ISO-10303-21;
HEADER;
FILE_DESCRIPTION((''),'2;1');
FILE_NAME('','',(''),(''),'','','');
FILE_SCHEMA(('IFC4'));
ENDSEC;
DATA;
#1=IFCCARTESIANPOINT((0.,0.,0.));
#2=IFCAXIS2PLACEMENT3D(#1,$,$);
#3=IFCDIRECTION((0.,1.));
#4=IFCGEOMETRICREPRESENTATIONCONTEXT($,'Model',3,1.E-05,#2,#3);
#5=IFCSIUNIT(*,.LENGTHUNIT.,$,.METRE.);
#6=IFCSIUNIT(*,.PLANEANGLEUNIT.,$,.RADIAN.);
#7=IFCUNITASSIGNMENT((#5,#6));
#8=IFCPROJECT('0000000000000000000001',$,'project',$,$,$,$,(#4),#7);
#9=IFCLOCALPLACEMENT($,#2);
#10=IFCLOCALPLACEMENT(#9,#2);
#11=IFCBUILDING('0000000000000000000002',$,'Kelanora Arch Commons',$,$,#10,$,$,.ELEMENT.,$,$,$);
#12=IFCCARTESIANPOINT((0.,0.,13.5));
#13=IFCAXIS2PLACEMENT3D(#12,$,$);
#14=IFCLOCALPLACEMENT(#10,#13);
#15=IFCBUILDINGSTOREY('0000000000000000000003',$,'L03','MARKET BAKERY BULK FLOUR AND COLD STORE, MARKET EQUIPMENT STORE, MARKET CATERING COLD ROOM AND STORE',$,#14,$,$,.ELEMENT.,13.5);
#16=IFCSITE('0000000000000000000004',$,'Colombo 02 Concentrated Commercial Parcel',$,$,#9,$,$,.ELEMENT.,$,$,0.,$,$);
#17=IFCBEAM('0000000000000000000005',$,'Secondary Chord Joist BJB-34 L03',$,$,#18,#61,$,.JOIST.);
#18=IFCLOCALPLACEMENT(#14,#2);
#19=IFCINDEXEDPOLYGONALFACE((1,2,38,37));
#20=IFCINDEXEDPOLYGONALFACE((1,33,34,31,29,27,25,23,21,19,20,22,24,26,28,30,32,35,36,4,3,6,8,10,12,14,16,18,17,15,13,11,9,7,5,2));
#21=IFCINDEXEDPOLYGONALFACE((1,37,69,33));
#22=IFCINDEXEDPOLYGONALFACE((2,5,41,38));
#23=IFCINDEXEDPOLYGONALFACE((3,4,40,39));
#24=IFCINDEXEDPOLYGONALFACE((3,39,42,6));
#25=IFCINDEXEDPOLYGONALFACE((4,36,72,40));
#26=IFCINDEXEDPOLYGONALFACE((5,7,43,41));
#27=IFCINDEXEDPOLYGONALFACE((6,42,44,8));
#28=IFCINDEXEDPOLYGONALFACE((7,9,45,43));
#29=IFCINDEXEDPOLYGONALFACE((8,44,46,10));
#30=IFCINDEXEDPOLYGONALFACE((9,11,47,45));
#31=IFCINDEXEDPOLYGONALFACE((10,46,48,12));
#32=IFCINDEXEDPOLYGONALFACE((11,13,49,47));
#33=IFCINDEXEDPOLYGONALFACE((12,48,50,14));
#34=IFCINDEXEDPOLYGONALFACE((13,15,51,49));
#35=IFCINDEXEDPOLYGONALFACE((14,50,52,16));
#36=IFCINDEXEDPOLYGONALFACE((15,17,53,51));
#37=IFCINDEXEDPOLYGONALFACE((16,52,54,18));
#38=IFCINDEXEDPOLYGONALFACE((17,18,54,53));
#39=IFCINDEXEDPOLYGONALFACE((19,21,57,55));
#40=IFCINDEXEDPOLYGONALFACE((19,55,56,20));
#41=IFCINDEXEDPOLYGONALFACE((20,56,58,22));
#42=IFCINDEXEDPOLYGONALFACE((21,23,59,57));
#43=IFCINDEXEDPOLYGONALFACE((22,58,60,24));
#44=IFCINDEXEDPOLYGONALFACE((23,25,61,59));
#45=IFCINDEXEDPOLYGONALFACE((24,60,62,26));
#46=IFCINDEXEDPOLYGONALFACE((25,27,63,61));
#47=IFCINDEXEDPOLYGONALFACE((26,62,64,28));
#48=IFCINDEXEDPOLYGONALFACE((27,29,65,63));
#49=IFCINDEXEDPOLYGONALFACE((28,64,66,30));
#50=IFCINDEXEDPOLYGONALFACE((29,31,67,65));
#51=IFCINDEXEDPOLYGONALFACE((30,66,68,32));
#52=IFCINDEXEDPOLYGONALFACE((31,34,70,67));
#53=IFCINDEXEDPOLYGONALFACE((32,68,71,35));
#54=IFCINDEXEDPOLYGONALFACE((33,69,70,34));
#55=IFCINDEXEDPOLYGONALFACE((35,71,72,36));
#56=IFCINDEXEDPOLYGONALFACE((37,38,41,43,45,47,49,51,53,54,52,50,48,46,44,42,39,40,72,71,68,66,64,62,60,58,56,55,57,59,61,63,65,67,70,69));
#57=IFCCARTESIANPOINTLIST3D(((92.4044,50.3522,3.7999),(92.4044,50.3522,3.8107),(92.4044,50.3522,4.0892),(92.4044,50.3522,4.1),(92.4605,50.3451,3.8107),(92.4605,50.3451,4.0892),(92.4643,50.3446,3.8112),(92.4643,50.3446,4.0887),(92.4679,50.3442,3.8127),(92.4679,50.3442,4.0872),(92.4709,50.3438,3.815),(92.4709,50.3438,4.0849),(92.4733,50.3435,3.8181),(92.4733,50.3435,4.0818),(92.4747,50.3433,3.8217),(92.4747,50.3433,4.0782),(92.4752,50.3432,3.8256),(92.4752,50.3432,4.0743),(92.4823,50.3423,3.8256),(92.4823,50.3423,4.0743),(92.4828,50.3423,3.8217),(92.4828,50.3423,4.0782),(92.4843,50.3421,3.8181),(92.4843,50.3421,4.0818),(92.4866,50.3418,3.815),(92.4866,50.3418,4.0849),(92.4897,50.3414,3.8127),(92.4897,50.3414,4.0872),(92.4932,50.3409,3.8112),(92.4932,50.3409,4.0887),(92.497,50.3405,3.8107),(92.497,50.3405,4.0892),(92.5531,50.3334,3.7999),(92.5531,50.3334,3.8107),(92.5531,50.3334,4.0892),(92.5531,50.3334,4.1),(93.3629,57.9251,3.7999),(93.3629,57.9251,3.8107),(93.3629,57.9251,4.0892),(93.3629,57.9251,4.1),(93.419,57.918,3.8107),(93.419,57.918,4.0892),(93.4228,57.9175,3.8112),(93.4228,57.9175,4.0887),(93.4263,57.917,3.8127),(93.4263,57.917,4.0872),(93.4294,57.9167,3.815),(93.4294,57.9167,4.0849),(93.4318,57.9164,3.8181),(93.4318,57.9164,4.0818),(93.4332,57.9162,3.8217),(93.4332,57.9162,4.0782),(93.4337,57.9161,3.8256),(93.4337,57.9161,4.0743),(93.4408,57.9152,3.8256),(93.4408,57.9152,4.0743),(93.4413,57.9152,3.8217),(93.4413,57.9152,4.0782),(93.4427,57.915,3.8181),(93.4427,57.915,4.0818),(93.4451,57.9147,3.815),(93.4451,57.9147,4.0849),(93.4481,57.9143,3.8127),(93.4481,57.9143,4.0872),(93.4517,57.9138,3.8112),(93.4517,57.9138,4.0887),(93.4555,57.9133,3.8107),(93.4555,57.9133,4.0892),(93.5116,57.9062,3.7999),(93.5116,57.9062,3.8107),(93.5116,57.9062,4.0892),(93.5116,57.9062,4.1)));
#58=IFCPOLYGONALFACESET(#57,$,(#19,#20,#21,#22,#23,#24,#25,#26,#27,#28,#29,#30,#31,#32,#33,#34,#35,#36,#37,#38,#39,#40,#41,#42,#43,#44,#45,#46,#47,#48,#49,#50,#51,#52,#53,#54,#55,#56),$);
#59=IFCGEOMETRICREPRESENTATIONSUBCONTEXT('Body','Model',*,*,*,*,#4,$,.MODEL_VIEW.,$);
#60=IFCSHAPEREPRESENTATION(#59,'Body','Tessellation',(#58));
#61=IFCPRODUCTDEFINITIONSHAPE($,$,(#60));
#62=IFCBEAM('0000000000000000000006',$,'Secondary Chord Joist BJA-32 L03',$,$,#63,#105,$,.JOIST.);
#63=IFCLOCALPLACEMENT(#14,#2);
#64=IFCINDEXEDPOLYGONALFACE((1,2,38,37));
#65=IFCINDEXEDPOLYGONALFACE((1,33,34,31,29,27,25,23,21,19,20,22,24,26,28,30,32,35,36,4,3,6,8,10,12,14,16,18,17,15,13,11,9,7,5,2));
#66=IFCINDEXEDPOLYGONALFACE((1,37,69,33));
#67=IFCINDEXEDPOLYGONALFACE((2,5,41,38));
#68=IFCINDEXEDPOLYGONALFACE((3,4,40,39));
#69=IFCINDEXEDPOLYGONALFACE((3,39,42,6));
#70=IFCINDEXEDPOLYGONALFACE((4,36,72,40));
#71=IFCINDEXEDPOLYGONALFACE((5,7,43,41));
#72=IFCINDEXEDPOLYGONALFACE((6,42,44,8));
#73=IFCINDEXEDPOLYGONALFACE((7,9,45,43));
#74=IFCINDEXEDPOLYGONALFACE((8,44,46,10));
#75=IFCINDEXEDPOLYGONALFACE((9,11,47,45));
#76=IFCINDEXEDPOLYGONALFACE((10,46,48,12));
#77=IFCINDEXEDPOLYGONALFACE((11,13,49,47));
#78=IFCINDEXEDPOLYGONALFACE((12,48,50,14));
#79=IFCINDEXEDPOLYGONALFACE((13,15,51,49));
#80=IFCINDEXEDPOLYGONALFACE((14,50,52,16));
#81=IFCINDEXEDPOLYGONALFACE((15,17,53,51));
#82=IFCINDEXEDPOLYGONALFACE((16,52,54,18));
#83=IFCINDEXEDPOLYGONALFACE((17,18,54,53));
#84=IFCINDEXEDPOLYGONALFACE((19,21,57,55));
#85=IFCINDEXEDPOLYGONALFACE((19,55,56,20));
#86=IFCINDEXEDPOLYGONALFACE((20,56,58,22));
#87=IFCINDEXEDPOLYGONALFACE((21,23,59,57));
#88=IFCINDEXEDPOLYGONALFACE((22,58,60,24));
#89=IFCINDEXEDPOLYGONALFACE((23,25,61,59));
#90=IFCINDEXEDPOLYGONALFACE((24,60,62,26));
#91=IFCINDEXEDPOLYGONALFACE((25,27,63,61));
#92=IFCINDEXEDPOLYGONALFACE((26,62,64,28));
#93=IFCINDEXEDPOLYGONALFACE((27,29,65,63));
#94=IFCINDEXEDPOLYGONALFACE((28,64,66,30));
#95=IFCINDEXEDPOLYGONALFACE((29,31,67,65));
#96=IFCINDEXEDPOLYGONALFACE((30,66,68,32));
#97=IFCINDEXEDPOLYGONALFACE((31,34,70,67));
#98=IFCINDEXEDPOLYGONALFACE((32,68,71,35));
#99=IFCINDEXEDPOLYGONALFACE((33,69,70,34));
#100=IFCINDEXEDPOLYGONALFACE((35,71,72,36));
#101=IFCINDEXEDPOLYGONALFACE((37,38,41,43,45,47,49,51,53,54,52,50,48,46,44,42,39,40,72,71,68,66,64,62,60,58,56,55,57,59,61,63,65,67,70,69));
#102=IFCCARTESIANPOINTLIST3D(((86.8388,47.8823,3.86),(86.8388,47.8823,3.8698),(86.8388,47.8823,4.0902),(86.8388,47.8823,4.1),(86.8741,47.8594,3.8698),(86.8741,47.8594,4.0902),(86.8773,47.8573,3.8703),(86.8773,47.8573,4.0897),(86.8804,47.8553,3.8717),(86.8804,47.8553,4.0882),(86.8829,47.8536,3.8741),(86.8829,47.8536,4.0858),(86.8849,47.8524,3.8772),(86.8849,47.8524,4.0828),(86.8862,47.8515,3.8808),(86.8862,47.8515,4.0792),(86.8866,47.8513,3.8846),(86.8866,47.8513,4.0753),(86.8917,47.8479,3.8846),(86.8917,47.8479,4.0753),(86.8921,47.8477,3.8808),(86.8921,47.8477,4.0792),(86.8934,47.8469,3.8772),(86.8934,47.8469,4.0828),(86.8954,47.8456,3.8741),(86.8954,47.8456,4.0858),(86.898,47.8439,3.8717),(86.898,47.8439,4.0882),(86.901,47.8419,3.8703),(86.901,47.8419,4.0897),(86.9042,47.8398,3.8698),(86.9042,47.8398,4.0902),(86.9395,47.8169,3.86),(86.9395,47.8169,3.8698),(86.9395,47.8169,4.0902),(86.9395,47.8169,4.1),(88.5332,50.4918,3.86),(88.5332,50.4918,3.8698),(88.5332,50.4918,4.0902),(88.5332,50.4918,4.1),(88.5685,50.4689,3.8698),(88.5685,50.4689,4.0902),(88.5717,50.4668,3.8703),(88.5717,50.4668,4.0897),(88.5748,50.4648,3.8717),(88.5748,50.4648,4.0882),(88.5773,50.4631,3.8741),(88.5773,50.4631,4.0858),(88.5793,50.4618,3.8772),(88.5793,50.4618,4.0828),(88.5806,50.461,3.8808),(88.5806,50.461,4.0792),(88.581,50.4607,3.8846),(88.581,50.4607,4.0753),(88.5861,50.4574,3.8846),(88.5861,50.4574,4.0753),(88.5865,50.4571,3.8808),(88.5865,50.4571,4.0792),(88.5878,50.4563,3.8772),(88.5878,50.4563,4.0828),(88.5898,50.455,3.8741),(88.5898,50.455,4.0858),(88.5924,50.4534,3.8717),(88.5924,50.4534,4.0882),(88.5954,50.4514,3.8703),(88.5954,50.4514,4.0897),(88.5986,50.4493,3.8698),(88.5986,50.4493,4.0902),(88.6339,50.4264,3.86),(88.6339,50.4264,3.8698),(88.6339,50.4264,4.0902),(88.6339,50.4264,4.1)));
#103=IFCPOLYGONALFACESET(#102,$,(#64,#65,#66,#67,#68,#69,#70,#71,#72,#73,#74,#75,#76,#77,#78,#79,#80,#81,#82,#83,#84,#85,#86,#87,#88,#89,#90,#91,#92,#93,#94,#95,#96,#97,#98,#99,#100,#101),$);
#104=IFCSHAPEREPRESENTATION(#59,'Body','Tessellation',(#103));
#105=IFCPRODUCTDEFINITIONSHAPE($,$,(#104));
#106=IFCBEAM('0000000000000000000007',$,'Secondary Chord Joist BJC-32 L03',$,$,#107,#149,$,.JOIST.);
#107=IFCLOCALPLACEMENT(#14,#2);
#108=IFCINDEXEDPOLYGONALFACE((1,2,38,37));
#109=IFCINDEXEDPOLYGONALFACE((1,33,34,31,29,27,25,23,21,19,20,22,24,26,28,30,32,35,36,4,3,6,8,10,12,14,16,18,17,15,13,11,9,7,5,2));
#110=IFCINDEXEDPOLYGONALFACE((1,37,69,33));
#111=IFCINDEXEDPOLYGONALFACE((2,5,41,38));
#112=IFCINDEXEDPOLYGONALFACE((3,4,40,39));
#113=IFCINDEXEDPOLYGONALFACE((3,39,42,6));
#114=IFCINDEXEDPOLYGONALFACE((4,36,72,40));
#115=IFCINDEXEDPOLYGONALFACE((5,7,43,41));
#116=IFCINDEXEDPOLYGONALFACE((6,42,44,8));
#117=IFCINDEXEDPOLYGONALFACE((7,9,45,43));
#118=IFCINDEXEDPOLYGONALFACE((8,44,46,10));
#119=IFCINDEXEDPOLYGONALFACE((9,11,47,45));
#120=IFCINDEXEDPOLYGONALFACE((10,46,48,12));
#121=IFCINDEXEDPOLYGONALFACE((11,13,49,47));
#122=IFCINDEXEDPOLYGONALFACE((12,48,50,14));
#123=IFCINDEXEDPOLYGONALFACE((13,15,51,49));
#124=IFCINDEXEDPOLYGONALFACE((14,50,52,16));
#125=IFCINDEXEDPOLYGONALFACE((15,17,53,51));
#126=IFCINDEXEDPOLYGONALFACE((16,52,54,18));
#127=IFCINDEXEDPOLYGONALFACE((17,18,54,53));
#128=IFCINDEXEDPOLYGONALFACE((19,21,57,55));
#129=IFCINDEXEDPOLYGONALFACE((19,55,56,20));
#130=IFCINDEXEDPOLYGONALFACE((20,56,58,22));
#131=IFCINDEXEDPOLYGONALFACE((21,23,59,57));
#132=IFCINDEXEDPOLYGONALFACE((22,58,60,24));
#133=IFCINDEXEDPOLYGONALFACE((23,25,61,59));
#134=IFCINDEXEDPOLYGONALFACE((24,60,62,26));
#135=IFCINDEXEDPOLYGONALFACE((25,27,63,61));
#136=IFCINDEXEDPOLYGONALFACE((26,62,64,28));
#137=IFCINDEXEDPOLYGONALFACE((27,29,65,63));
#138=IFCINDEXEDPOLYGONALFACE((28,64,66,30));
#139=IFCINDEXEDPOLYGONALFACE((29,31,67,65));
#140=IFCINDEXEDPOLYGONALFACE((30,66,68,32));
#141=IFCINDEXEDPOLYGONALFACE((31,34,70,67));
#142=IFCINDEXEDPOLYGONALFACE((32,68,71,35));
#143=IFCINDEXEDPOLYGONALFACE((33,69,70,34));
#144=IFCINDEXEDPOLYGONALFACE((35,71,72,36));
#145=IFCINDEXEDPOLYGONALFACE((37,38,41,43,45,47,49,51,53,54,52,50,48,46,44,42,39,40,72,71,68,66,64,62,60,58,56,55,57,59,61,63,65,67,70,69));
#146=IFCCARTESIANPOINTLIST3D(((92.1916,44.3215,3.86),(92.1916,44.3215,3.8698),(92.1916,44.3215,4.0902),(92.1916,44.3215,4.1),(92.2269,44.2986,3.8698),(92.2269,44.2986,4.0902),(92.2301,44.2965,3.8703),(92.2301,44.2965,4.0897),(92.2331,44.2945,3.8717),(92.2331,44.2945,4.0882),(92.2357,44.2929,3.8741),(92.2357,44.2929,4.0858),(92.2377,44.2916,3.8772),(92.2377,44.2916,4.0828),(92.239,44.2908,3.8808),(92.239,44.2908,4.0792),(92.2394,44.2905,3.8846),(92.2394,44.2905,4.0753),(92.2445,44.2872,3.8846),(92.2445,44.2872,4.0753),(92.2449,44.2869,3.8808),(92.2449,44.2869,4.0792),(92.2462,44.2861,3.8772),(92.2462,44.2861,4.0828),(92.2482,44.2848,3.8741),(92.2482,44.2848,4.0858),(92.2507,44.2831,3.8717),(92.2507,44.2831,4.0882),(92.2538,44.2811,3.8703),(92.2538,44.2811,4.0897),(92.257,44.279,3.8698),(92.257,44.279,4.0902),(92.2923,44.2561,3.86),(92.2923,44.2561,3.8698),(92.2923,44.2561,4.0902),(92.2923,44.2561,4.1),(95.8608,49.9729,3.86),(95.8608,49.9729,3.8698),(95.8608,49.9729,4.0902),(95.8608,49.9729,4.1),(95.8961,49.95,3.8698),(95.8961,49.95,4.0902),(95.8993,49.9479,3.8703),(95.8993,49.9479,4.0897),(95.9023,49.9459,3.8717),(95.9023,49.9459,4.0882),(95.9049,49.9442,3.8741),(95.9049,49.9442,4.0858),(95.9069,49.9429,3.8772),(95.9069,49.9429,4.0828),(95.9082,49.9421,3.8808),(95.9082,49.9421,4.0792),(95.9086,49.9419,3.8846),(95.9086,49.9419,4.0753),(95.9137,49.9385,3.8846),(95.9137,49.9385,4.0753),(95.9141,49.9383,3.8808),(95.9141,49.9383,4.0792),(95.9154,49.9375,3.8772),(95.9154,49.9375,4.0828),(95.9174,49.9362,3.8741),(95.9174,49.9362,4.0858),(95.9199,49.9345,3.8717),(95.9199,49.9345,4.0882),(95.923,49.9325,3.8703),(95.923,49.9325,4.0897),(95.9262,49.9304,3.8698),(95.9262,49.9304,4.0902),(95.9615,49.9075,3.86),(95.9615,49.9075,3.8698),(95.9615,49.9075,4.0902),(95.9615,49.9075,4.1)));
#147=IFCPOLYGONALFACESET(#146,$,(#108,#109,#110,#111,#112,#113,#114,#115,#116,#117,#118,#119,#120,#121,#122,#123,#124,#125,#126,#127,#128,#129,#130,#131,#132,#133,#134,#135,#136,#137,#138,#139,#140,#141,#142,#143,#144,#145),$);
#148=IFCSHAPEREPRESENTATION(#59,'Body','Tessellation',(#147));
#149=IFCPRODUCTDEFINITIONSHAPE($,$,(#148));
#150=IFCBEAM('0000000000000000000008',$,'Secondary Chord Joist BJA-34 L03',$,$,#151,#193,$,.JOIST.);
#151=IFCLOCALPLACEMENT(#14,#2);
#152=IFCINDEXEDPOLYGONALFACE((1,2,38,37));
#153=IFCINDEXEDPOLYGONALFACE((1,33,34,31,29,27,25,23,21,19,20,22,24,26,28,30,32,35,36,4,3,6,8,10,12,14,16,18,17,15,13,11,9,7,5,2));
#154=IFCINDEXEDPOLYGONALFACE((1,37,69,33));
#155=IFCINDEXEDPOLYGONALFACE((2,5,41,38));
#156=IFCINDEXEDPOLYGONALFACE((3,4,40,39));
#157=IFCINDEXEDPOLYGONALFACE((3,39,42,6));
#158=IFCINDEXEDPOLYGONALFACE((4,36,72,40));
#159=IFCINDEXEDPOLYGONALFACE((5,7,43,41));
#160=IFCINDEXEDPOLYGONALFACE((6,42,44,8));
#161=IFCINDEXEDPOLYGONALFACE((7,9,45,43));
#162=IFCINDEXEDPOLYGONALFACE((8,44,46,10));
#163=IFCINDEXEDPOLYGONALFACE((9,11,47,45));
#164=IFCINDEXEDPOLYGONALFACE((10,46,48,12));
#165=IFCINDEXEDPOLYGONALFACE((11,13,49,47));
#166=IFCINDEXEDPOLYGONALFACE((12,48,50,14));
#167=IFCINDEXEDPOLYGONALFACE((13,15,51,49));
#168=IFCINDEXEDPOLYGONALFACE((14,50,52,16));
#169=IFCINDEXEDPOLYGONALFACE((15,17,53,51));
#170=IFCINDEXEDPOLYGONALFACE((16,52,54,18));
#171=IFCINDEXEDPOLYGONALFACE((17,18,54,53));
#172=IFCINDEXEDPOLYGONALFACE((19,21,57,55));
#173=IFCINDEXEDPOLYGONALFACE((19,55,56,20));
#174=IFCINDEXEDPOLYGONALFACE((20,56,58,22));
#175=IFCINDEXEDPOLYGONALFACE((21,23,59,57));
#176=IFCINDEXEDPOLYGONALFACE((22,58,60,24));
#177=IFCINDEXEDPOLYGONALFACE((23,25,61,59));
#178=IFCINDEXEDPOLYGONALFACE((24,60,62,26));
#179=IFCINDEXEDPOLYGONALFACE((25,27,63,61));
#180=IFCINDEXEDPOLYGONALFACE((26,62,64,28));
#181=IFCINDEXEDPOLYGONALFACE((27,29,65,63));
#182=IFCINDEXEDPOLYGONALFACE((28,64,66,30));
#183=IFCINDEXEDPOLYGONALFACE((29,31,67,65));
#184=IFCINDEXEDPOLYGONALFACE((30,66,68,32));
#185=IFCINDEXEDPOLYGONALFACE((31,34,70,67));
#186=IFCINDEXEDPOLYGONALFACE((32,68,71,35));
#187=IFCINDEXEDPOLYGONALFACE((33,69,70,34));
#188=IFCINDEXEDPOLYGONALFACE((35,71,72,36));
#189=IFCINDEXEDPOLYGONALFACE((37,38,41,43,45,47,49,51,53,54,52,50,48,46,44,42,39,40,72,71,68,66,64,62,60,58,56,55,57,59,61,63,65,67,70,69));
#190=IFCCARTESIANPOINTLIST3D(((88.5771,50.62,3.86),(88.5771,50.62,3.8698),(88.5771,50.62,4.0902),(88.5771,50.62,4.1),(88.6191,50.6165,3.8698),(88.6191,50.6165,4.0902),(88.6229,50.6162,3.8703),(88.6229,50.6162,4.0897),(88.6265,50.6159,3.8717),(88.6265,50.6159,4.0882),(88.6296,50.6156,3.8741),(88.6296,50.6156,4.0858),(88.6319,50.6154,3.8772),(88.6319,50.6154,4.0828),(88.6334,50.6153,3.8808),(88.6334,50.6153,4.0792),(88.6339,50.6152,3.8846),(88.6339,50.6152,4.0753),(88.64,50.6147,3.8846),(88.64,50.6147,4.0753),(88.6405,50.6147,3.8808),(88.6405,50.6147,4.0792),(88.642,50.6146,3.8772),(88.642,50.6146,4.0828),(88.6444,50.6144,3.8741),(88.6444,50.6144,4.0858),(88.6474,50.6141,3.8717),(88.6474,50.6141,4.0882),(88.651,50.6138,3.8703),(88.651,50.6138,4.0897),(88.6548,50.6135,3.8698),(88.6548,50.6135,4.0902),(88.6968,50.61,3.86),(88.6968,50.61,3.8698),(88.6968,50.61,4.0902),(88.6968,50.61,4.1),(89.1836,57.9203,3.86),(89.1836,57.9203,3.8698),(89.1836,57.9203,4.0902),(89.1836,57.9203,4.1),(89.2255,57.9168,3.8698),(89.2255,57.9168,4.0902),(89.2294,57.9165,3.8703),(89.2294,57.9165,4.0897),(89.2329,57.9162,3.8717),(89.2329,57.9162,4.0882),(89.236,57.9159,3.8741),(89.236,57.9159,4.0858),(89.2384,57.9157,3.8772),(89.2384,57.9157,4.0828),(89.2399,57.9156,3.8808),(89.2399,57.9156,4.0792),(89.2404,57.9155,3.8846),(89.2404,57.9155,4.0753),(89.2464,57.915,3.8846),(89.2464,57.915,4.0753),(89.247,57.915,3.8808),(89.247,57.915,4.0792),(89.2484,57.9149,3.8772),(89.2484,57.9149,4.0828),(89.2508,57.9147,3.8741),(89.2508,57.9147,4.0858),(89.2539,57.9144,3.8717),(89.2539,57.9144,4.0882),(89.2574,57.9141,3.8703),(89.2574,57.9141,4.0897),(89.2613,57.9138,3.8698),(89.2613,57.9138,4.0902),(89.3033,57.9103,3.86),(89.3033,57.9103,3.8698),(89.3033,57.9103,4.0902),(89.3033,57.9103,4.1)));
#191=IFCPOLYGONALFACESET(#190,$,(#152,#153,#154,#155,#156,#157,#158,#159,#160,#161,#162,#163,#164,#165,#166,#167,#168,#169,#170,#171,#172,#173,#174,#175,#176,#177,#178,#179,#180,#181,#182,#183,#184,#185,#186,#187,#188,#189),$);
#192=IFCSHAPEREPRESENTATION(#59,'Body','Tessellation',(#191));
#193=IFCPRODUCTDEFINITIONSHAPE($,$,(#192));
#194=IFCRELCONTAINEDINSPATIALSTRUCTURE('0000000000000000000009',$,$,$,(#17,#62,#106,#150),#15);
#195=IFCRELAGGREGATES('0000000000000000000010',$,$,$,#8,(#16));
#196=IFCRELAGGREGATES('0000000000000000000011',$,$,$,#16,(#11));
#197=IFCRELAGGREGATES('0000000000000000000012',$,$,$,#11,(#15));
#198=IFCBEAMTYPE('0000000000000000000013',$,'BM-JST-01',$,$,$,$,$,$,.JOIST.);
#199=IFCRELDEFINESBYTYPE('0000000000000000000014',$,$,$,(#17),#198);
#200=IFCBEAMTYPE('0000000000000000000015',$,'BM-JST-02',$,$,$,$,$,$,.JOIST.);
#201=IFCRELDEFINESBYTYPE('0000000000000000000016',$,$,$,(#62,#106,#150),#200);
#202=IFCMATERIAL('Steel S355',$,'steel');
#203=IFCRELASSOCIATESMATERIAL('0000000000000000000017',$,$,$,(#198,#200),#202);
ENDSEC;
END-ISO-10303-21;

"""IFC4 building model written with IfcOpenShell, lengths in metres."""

from ifc_helpers import new_model, si_unit, direction, frame, origin, origin_2d, place, context, subcontext, project, spatial, i_section, extrude, material, material_profile, profile_set, type_object, element, save


model = new_model("IFC4")

# Units and contexts
model_context = context("Model", 3, precision=1e-05, world=origin(), true_north=direction((0.0, 1.0)))
body_context = subcontext(model_context, "Body", "Model", "MODEL_VIEW")
ifc_project = project(units=[si_unit("LENGTHUNIT", "METRE"), si_unit("PLANEANGLEUNIT", "RADIAN")], contexts=[model_context])

# Site, building, storey
site_placement = place(None, origin())
site = spatial("IfcSite", under=ifc_project, at=site_placement, Name="Colombo 02 Concentrated Commercial Parcel", CompositionType="ELEMENT", RefElevation=0.0)
building_placement = place(site_placement, origin())
building = spatial("IfcBuilding", under=site, at=building_placement, Name="Kelanora Arch Commons", CompositionType="ELEMENT")
storey_placement = place(building_placement, frame((0.0, 0.0, 13.5)))
storey = spatial("IfcBuildingStorey", under=building, at=storey_placement, Name="L03", Description="MARKET BAKERY BULK FLOUR AND COLD STORE, MARKET EQUIPMENT STORE, MARKET CATERING COLD ROOM AND STORE", CompositionType="ELEMENT", Elevation=13.5)

# Beams
ifc_material_1 = material(Name="Steel S355", Category="steel")
ifc_material_profile_1 = material_profile(ifc_material_1, i_section(OverallWidth=0.1499, OverallDepth=0.3, WebThickness=0.0071, FlangeThickness=0.0107, FilletRadius=0.0149, at=origin_2d()), Name="IPE300")
ifc_profile_set_1 = profile_set([ifc_material_profile_1], Name="Steel S355")
beam_type_1 = type_object("IfcBeamType", Name="BM-JST-01", PredefinedType="JOIST", material=ifc_profile_set_1)
beam_1_placement = place(storey_placement, frame((92.4788, 50.3428, 3.95), z_axis=(0.125566, 0.992085, 0.0), x_axis=(-0.992085, 0.125566, 0.0)))
element("IfcBeam", 1, at=beam_1_placement, inside=storey, type_object=beam_type_1, Name="Secondary Chord Joist BJB-34 L03", PredefinedType="JOIST", context=body_context, shape_type="SweptSolid", body=[
    extrude(i_section(OverallWidth=0.1499, OverallDepth=0.3, WebThickness=0.0071, FlangeThickness=0.0107, FilletRadius=0.0149, at=origin_2d()), origin(), (0.0, 0.0, 1.0), 7.6333),
])
ifc_material_profile_2 = material_profile(ifc_material_1, i_section(OverallWidth=0.1201, OverallDepth=0.24, WebThickness=0.0061, FlangeThickness=0.0098, FilletRadius=0.0149, at=origin_2d()), Name="IPE240")
ifc_profile_set_2 = profile_set([ifc_material_profile_2], Name="Steel S355")
beam_type_2 = type_object("IfcBeamType", Name="BM-JST-02", PredefinedType="JOIST", material=ifc_profile_set_2)
beam_2_placement = place(storey_placement, frame((86.8892, 47.8496, 3.98), z_axis=(0.544591, 0.838702, 0.0), x_axis=(-0.838702, 0.544591, 0.0)))
element("IfcBeam", 2, at=beam_2_placement, inside=storey, type_object=beam_type_2, Name="Secondary Chord Joist BJA-32 L03", PredefinedType="JOIST", context=body_context, shape_type="SweptSolid", body=[
    extrude(i_section(OverallWidth=0.1201, OverallDepth=0.24, WebThickness=0.0061, FlangeThickness=0.0098, FilletRadius=0.0149, at=origin_2d()), origin(), (0.0, 0.0, 1.0), 3.1113),
])
beam_3_placement = place(storey_placement, frame((92.2419, 44.2888, 3.98), z_axis=(0.54455, 0.838728, 0.0), x_axis=(-0.838728, 0.54455, 0.0)))
element("IfcBeam", 3, at=beam_3_placement, inside=storey, type_object=beam_type_2, Name="Secondary Chord Joist BJC-32 L03", PredefinedType="JOIST", context=body_context, shape_type="SweptSolid", body=[
    extrude(i_section(OverallWidth=0.1201, OverallDepth=0.24, WebThickness=0.0061, FlangeThickness=0.0098, FilletRadius=0.0149, at=origin_2d()), origin(), (0.0, 0.0, 1.0), 6.738),
])
beam_4_placement = place(storey_placement, frame((88.637, 50.615, 3.98), z_axis=(0.082786, 0.996567, 0.0), x_axis=(-0.996567, 0.082786, 0.0)))
element("IfcBeam", 4, at=beam_4_placement, inside=storey, type_object=beam_type_2, Name="Secondary Chord Joist BJA-34 L03", PredefinedType="JOIST", context=body_context, shape_type="SweptSolid", body=[
    extrude(i_section(OverallWidth=0.1201, OverallDepth=0.24, WebThickness=0.0061, FlangeThickness=0.0098, FilletRadius=0.0149, at=origin_2d()), origin(), (0.0, 0.0, 1.0), 7.3254),
])

save(model, "model.ifc")
